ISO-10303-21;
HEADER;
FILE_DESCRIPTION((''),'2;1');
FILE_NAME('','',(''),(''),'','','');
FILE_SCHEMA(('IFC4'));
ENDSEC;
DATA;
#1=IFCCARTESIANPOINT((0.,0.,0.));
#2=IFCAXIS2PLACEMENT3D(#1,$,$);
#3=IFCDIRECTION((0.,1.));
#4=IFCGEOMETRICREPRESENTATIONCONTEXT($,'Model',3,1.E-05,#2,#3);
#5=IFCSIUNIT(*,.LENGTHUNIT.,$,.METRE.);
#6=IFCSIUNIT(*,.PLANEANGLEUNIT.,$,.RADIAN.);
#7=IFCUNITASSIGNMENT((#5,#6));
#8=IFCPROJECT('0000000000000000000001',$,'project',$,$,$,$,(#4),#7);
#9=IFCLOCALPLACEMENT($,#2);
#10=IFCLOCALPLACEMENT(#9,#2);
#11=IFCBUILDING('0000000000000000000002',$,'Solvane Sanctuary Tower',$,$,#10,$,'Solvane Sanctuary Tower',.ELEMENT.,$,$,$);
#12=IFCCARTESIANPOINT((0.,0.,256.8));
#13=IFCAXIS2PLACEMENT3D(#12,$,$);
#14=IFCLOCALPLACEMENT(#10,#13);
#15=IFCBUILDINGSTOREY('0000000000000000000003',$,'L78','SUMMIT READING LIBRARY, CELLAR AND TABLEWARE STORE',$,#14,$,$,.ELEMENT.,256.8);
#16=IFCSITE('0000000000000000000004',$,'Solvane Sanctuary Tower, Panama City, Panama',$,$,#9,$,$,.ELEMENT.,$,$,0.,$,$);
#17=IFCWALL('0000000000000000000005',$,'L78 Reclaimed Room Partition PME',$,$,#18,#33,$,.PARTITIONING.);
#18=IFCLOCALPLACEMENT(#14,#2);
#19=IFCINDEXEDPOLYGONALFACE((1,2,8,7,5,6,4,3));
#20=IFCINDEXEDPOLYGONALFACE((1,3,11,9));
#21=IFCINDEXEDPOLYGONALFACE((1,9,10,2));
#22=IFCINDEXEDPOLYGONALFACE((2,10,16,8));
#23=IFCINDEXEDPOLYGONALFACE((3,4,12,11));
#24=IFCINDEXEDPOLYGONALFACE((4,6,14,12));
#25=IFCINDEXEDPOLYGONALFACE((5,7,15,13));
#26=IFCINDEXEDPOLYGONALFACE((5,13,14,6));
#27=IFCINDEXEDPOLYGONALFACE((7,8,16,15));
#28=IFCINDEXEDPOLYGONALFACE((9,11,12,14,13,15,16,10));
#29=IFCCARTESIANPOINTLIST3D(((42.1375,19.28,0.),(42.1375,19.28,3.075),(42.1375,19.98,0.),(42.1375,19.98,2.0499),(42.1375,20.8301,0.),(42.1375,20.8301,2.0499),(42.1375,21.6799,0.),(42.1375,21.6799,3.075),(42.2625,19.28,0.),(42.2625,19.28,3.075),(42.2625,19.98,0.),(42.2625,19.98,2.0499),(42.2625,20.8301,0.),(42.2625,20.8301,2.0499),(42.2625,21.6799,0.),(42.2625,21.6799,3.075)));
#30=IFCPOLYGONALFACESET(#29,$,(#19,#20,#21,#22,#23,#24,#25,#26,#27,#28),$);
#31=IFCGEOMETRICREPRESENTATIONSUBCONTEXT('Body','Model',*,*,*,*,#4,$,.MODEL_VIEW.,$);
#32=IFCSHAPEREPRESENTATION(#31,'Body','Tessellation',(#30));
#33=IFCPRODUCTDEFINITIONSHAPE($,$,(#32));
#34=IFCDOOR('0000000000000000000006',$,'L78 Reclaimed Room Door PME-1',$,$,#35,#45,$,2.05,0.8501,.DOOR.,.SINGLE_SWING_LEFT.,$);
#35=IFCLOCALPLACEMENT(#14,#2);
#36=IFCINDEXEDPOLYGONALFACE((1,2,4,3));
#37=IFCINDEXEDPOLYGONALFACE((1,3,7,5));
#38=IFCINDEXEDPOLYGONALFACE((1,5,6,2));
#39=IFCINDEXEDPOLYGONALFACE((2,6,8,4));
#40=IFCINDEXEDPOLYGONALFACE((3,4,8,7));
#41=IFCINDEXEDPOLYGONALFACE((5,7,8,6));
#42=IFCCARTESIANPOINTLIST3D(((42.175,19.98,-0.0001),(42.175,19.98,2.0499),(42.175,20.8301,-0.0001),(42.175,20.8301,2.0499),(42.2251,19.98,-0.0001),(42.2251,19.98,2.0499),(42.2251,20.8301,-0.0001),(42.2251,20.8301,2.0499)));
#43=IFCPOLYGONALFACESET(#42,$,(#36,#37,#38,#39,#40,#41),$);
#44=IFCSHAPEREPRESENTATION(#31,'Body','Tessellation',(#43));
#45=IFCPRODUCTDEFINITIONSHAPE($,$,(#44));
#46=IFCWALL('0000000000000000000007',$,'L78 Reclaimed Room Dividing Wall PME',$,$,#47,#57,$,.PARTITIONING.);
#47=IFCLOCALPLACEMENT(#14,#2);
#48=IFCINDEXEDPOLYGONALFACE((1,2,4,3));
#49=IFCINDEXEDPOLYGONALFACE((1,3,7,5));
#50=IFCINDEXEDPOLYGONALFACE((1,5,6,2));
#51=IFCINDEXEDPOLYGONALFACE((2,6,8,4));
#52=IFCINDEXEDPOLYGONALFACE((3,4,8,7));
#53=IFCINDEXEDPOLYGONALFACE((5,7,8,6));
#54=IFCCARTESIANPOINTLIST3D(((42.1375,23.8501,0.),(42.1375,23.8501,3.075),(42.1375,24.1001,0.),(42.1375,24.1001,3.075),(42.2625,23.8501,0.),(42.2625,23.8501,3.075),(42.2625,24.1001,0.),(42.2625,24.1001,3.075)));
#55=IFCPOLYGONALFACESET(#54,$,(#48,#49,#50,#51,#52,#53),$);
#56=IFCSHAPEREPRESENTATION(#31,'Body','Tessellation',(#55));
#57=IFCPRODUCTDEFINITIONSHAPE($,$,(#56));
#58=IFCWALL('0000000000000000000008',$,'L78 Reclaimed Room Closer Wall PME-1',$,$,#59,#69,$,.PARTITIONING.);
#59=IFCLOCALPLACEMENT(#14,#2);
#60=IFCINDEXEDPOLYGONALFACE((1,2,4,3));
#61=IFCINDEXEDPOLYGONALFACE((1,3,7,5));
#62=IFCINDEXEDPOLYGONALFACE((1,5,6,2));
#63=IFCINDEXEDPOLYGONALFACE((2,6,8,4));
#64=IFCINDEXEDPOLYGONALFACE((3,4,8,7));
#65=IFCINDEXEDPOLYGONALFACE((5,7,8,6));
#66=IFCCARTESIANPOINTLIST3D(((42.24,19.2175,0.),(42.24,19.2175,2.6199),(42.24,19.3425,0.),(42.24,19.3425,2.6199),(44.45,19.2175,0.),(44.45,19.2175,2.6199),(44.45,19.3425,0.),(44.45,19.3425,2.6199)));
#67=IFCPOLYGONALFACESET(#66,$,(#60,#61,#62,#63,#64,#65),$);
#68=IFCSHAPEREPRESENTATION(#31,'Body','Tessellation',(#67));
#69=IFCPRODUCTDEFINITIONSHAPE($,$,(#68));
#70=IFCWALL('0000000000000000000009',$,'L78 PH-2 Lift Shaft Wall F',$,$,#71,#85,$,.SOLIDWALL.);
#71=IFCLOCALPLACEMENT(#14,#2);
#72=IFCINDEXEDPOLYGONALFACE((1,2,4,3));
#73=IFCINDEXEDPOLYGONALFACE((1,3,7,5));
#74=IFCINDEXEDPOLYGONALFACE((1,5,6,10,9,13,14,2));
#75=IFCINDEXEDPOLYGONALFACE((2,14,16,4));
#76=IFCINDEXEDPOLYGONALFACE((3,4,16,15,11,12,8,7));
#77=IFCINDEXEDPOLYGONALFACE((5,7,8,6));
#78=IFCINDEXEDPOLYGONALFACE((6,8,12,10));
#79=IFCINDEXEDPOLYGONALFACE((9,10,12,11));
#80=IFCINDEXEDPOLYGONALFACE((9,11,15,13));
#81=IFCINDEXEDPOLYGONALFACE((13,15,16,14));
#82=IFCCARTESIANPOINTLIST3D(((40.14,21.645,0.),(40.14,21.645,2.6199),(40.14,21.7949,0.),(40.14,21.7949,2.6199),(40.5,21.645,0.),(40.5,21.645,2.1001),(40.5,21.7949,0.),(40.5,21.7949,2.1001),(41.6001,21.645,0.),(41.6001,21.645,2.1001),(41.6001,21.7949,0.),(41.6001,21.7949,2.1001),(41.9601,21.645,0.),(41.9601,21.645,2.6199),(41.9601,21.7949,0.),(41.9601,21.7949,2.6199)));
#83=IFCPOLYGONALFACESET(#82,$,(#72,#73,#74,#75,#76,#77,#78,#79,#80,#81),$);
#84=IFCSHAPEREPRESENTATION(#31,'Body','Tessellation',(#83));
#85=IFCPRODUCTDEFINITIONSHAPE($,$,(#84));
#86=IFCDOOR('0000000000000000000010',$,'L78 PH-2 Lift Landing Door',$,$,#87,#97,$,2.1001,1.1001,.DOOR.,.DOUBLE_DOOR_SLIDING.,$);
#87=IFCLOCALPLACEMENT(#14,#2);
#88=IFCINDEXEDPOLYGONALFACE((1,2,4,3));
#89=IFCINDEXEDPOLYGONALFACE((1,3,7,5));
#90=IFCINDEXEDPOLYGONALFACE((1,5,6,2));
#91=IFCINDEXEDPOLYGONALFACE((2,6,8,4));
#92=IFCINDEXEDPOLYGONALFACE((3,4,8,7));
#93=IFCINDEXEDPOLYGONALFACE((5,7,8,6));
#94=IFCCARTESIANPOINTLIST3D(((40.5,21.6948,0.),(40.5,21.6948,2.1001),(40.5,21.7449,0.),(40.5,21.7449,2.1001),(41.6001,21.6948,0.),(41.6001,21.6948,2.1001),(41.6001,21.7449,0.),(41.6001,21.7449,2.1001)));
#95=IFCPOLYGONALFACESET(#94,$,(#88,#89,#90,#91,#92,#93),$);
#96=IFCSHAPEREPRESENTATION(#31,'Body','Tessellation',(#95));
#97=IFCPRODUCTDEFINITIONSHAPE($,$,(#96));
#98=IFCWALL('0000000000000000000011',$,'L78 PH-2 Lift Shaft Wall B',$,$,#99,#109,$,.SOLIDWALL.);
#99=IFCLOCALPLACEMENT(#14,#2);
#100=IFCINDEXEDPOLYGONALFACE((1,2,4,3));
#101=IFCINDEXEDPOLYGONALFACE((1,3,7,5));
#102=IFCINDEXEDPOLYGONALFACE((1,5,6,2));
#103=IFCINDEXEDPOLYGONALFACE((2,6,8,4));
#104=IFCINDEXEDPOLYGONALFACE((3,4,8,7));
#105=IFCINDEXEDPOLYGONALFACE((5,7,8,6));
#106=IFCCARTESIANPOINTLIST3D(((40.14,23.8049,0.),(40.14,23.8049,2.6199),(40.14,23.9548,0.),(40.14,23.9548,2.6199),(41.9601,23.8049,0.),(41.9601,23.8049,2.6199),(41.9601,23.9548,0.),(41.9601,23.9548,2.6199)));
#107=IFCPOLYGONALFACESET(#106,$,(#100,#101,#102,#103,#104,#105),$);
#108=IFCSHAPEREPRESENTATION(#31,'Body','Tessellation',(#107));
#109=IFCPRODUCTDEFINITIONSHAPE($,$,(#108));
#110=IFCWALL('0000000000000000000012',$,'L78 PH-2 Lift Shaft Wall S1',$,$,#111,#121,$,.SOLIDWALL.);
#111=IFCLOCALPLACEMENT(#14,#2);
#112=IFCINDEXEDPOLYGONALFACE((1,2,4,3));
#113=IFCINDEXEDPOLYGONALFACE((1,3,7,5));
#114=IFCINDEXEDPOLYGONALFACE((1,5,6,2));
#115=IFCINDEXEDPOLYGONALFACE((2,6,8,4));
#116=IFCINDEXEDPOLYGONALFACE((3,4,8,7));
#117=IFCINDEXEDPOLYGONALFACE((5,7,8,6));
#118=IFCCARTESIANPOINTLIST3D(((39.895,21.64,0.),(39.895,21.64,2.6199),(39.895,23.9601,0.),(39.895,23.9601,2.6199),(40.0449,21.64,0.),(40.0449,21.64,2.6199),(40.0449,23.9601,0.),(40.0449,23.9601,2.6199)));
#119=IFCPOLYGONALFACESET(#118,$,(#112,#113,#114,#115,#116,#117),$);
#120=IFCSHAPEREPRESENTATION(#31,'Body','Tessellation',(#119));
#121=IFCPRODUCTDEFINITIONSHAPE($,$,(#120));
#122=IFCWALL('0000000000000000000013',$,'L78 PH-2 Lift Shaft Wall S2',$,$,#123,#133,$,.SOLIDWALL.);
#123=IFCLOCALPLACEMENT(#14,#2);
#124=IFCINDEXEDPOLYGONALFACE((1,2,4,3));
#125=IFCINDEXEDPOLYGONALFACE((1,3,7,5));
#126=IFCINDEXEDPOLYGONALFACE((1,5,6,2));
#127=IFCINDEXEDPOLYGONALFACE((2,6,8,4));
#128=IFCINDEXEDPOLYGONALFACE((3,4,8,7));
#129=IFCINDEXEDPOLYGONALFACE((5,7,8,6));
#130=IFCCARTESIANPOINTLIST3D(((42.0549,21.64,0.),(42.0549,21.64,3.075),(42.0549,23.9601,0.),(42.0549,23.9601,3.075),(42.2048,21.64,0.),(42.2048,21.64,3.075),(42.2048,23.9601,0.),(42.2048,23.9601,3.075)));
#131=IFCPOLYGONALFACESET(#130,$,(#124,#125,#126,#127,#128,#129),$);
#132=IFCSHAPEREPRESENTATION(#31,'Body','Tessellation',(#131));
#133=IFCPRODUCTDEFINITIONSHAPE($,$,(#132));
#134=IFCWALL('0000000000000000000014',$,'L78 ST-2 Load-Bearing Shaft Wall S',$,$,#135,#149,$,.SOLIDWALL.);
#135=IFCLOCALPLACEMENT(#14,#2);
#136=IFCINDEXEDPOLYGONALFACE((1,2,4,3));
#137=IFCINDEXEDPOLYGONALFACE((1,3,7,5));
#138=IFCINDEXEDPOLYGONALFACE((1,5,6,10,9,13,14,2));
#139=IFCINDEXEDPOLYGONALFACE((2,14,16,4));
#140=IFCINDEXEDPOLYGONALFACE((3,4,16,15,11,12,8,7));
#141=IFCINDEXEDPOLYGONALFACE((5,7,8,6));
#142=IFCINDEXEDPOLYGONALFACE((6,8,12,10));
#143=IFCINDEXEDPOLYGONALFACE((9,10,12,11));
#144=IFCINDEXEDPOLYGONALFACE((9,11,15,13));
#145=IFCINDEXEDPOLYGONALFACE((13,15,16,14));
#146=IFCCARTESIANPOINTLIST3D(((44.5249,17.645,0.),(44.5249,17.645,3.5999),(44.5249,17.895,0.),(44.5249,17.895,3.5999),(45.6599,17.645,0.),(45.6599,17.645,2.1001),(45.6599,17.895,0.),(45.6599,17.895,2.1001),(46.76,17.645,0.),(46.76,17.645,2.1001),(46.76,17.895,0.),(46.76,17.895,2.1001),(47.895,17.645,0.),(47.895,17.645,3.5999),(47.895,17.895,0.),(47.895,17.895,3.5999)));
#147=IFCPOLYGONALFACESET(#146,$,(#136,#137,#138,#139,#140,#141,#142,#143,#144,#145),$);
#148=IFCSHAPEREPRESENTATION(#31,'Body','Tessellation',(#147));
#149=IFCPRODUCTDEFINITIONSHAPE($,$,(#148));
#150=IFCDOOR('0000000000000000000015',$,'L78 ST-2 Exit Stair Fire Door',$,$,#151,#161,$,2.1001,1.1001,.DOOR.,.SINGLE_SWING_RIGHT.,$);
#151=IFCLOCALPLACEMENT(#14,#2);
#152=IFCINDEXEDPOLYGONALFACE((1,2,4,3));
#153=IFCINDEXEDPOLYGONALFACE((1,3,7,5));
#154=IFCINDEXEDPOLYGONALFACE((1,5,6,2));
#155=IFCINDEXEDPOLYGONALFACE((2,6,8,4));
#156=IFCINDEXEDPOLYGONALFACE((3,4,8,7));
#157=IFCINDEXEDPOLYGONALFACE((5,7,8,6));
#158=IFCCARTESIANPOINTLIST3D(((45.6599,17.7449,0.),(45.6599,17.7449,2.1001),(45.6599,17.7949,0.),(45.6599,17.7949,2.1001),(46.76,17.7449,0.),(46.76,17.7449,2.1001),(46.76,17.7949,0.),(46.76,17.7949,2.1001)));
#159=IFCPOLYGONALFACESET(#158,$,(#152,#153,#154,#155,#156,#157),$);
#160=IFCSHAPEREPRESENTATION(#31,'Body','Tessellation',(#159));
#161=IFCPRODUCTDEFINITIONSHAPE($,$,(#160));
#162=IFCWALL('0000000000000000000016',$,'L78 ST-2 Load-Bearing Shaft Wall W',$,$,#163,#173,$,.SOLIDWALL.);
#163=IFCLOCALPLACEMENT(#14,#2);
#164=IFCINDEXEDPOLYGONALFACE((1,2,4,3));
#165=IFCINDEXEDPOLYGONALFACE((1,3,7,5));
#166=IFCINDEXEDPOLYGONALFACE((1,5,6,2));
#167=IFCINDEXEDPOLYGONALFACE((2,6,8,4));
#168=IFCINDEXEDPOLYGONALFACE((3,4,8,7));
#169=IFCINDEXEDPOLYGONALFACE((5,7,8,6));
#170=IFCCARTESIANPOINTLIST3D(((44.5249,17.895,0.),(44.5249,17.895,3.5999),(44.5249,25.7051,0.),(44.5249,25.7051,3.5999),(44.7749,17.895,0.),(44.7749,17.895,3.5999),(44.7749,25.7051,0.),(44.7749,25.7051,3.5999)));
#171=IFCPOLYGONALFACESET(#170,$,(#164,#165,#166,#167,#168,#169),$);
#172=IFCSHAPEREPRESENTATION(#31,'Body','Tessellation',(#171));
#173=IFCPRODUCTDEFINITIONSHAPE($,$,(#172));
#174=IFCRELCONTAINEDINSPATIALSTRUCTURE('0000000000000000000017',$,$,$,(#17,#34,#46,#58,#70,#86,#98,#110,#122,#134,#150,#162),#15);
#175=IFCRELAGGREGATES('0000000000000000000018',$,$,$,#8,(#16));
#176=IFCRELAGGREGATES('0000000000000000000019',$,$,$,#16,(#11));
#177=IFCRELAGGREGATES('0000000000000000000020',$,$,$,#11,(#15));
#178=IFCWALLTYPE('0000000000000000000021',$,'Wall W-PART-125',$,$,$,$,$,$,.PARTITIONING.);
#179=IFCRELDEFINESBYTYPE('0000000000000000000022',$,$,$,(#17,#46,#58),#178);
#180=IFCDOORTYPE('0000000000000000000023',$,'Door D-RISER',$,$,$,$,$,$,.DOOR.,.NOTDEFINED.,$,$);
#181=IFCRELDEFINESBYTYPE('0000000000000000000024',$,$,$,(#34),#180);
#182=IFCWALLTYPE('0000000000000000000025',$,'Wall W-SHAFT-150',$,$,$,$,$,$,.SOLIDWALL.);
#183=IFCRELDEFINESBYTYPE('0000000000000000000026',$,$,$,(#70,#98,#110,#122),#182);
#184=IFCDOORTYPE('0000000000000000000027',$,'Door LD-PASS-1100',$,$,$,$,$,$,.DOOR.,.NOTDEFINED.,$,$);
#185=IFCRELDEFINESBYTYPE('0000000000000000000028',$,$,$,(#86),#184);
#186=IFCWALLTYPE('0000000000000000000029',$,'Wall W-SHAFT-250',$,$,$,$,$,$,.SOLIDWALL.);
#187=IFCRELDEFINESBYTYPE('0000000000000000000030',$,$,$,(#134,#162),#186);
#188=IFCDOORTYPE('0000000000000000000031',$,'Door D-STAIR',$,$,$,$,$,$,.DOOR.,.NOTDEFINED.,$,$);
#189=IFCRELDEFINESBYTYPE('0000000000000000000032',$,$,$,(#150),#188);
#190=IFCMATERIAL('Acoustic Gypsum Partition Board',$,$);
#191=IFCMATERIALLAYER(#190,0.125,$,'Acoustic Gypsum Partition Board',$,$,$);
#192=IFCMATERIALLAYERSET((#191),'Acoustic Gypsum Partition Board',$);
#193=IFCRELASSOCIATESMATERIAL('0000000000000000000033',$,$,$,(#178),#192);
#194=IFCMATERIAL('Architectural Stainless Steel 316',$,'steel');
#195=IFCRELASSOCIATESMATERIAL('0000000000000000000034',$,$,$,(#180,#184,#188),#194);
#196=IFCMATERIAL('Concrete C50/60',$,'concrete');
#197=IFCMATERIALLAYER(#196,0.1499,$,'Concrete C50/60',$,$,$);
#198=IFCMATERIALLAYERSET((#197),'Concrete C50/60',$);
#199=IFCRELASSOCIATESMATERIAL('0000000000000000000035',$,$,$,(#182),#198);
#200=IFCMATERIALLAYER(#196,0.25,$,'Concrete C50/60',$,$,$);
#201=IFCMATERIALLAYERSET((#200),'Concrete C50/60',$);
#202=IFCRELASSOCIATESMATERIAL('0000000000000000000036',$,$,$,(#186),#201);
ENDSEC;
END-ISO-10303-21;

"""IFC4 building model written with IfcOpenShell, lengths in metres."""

from ifc_helpers import new_model, si_unit, direction, frame, frame_2d, origin, place, context, subcontext, project, spatial, rectangle, extrude, material, layer, layer_set, type_object, element, fill, save


model = new_model("IFC4")

# Units and contexts
model_context = context("Model", 3, precision=1e-05, world=origin(), true_north=direction((0.0, 1.0)))
body_context = subcontext(model_context, "Body", "Model", "MODEL_VIEW")
ifc_project = project(units=[si_unit("LENGTHUNIT", "METRE"), si_unit("PLANEANGLEUNIT", "RADIAN")], contexts=[model_context])

# Site, building, storey
site_placement = place(None, origin())
site = spatial("IfcSite", under=ifc_project, at=site_placement, Name="Solvane Sanctuary Tower, Panama City, Panama", CompositionType="ELEMENT", RefElevation=0.0)
building_placement = place(site_placement, origin())
building = spatial("IfcBuilding", under=site, at=building_placement, Name="Solvane Sanctuary Tower", LongName="Solvane Sanctuary Tower", CompositionType="ELEMENT")
storey_placement = place(building_placement, frame((0.0, 0.0, 256.8)))
storey = spatial("IfcBuildingStorey", under=building, at=storey_placement, Name="L78", Description="SUMMIT READING LIBRARY, CELLAR AND TABLEWARE STORE", CompositionType="ELEMENT", Elevation=256.8)

# Shared definitions
ifc_material_1 = material(Name="Acoustic Gypsum Partition Board")

# Wall, opening, door
ifc_layer_1 = layer(ifc_material_1, 0.125, Name="Acoustic Gypsum Partition Board")
ifc_layer_set_1 = layer_set([ifc_layer_1], Name="Acoustic Gypsum Partition Board")
wall_type_1 = type_object("IfcWallType", Name="Wall W-PART-125", PredefinedType="PARTITIONING", material=ifc_layer_set_1)
ifc_material_2 = material(Name="Architectural Stainless Steel 316", Category="steel")
door_type_1 = type_object("IfcDoorType", Name="Door D-RISER", OperationType="NOTDEFINED", PredefinedType="DOOR", material=ifc_material_2)
wall_1_placement = place(storey_placement, frame((42.2, 19.28, 0.0), z_axis=(0.0, 0.0, 1.0), x_axis=(0.0, 1.0, 0.0)))
wall_1 = element("IfcWall", 1, at=wall_1_placement, inside=storey, type_object=wall_type_1, Name="L78 Reclaimed Room Partition PME", PredefinedType="PARTITIONING", context=body_context, shape_type="SweptSolid", body=[
    extrude(rectangle(XDim=2.3999, YDim=0.125, at=frame_2d((1.2, 0.0))), origin(), (0.0, 0.0, 1.0), 3.075),
])
opening_1_placement = place(wall_1_placement, frame((0.7, 0.0, 0.0)))
opening_1 = element("IfcOpeningElement", 2, at=opening_1_placement, cuts=wall_1, PredefinedType="OPENING", context=body_context, shape_type="SweptSolid", body=[
    extrude(rectangle(XDim=0.8501, YDim=2.05, at=frame_2d((0.425, 1.0249))), frame((0.0, 0.0725, 0.0), z_axis=(0.0, -1.0, 0.0), x_axis=(1.0, 0.0, 0.0)), (0.0, 0.0, 1.0), 0.145),
])
door_1_placement = place(opening_1_placement, origin())
door_1 = element("IfcDoor", 3, at=door_1_placement, inside=storey, type_object=door_type_1, Name="L78 Reclaimed Room Door PME-1", OperationType="SINGLE_SWING_LEFT", OverallHeight=2.05, OverallWidth=0.8501, PredefinedType="DOOR", context=body_context, shape_type="SweptSolid", body=[
    extrude(rectangle(XDim=0.8501, YDim=2.05, at=frame_2d((0.425, 1.0249))), frame((0.0, 0.0249, 0.0), z_axis=(0.0, -1.0, 0.0), x_axis=(1.0, 0.0, 0.0)), (0.0, 0.0, 1.0), 0.05),
])
fill(opening_1, door_1)

# Walls
wall_2_placement = place(storey_placement, frame((42.2, 23.8501, 0.0), z_axis=(0.0, 0.0, 1.0), x_axis=(0.0, 1.0, 0.0)))
element("IfcWall", 4, at=wall_2_placement, inside=storey, type_object=wall_type_1, Name="L78 Reclaimed Room Dividing Wall PME", PredefinedType="PARTITIONING", context=body_context, shape_type="SweptSolid", body=[
    extrude(rectangle(XDim=0.25, YDim=0.125, at=frame_2d((0.125, 0.0))), origin(), (0.0, 0.0, 1.0), 3.075),
])
wall_3_placement = place(storey_placement, frame((42.24, 19.28, 0.0), z_axis=(0.0, 0.0, 1.0), x_axis=(1.0, 0.0, 0.0)))
element("IfcWall", 5, at=wall_3_placement, inside=storey, type_object=wall_type_1, Name="L78 Reclaimed Room Closer Wall PME-1", PredefinedType="PARTITIONING", context=body_context, shape_type="SweptSolid", body=[
    extrude(rectangle(XDim=2.21, YDim=0.125, at=frame_2d((1.105, 0.0))), origin(), (0.0, 0.0, 1.0), 2.6199),
])

# Wall, opening, door
ifc_material_3 = material(Name="Concrete C50/60", Category="concrete")
ifc_layer_2 = layer(ifc_material_3, 0.1499, Name="Concrete C50/60")
ifc_layer_set_2 = layer_set([ifc_layer_2], Name="Concrete C50/60")
wall_type_2 = type_object("IfcWallType", Name="Wall W-SHAFT-150", PredefinedType="SOLIDWALL", material=ifc_layer_set_2)
wall_4_placement = place(storey_placement, frame((40.1399, 21.72, 0.0), z_axis=(0.0, 0.0, 1.0), x_axis=(1.0, 0.0, 0.0)))
wall_4 = element("IfcWall", 6, at=wall_4_placement, inside=storey, type_object=wall_type_2, Name="L78 PH-2 Lift Shaft Wall F", PredefinedType="SOLIDWALL", context=body_context, shape_type="SweptSolid", body=[
    extrude(rectangle(XDim=1.8201, YDim=0.1499, at=frame_2d((0.9102, 0.0))), origin(), (0.0, 0.0, 1.0), 2.6199),
])
opening_2_placement = place(wall_4_placement, frame((0.3601, 0.0, 0.0)))
opening_2 = element("IfcOpeningElement", 7, at=opening_2_placement, cuts=wall_4, PredefinedType="OPENING", context=body_context, shape_type="SweptSolid", body=[
    extrude(rectangle(XDim=1.1001, YDim=2.1001, at=frame_2d((0.55, 1.05))), frame((0.0, 0.085, 0.0), z_axis=(0.0, -1.0, 0.0), x_axis=(1.0, 0.0, 0.0)), (0.0, 0.0, 1.0), 0.1699),
])
door_type_2 = type_object("IfcDoorType", Name="Door LD-PASS-1100", OperationType="NOTDEFINED", PredefinedType="DOOR", material=ifc_material_2)
door_2_placement = place(opening_2_placement, origin())
door_2 = element("IfcDoor", 8, at=door_2_placement, inside=storey, type_object=door_type_2, Name="L78 PH-2 Lift Landing Door", OperationType="DOUBLE_DOOR_SLIDING", OverallHeight=2.1001, OverallWidth=1.1001, PredefinedType="DOOR", context=body_context, shape_type="SweptSolid", body=[
    extrude(rectangle(XDim=1.1001, YDim=2.1001, at=frame_2d((0.55, 1.05))), frame((0.0, 0.0249, 0.0), z_axis=(0.0, -1.0, 0.0), x_axis=(1.0, 0.0, 0.0)), (0.0, 0.0, 1.0), 0.05),
])
fill(opening_2, door_2)

# Walls
wall_5_placement = place(storey_placement, frame((40.1399, 23.8799, 0.0), z_axis=(0.0, 0.0, 1.0), x_axis=(1.0, 0.0, 0.0)))
element("IfcWall", 9, at=wall_5_placement, inside=storey, type_object=wall_type_2, Name="L78 PH-2 Lift Shaft Wall B", PredefinedType="SOLIDWALL", context=body_context, shape_type="SweptSolid", body=[
    extrude(rectangle(XDim=1.8201, YDim=0.1499, at=frame_2d((0.9102, 0.0))), origin(), (0.0, 0.0, 1.0), 2.6199),
])
wall_6_placement = place(storey_placement, frame((39.97, 21.6399, 0.0), z_axis=(0.0, 0.0, 1.0), x_axis=(0.0, 1.0, 0.0)))
element("IfcWall", 10, at=wall_6_placement, inside=storey, type_object=wall_type_2, Name="L78 PH-2 Lift Shaft Wall S1", PredefinedType="SOLIDWALL", context=body_context, shape_type="SweptSolid", body=[
    extrude(rectangle(XDim=2.3201, YDim=0.1499, at=frame_2d((1.1602, 0.0))), origin(), (0.0, 0.0, 1.0), 2.6199),
])
wall_7_placement = place(storey_placement, frame((42.1299, 21.6399, 0.0), z_axis=(0.0, 0.0, 1.0), x_axis=(0.0, 1.0, 0.0)))
element("IfcWall", 11, at=wall_7_placement, inside=storey, type_object=wall_type_2, Name="L78 PH-2 Lift Shaft Wall S2", PredefinedType="SOLIDWALL", context=body_context, shape_type="SweptSolid", body=[
    extrude(rectangle(XDim=2.3201, YDim=0.1499, at=frame_2d((1.1602, 0.0))), origin(), (0.0, 0.0, 1.0), 3.075),
])

# Wall, opening, door
ifc_layer_3 = layer(ifc_material_3, 0.25, Name="Concrete C50/60")
ifc_layer_set_3 = layer_set([ifc_layer_3], Name="Concrete C50/60")
wall_type_3 = type_object("IfcWallType", Name="Wall W-SHAFT-250", PredefinedType="SOLIDWALL", material=ifc_layer_set_3)
wall_8_placement = place(storey_placement, frame((44.5249, 17.77, 0.0), z_axis=(0.0, 0.0, 1.0), x_axis=(1.0, 0.0, 0.0)))
wall_8 = element("IfcWall", 12, at=wall_8_placement, inside=storey, type_object=wall_type_3, Name="L78 ST-2 Load-Bearing Shaft Wall S", PredefinedType="SOLIDWALL", context=body_context, shape_type="SweptSolid", body=[
    extrude(rectangle(XDim=3.3701, YDim=0.25, at=frame_2d((1.6851, 0.0))), origin(), (0.0, 0.0, 1.0), 3.5999),
])
opening_3_placement = place(wall_8_placement, frame((1.135, 0.0, 0.0)))
opening_3 = element("IfcOpeningElement", 13, at=opening_3_placement, cuts=wall_8, PredefinedType="OPENING", context=body_context, shape_type="SweptSolid", body=[
    extrude(rectangle(XDim=1.1001, YDim=2.1001, at=frame_2d((0.55, 1.05))), frame((0.0, 0.135, 0.0), z_axis=(0.0, -1.0, 0.0), x_axis=(1.0, 0.0, 0.0)), (0.0, 0.0, 1.0), 0.27),
])
door_type_3 = type_object("IfcDoorType", Name="Door D-STAIR", OperationType="NOTDEFINED", PredefinedType="DOOR", material=ifc_material_2)
door_3_placement = place(opening_3_placement, origin())
door_3 = element("IfcDoor", 14, at=door_3_placement, inside=storey, type_object=door_type_3, Name="L78 ST-2 Exit Stair Fire Door", OperationType="SINGLE_SWING_RIGHT", OverallHeight=2.1001, OverallWidth=1.1001, PredefinedType="DOOR", context=body_context, shape_type="SweptSolid", body=[
    extrude(rectangle(XDim=1.1001, YDim=2.1001, at=frame_2d((0.55, 1.05))), frame((0.0, 0.0249, 0.0), z_axis=(0.0, -1.0, 0.0), x_axis=(1.0, 0.0, 0.0)), (0.0, 0.0, 1.0), 0.05),
])
fill(opening_3, door_3)

# Wall
for number, where, z_axis, x_axis, name in (
    (15, (44.6499, 17.895, 0.0), (0.0, 0.0, 1.0), (0.0, 1.0, 0.0), "L78 ST-2 Load-Bearing Shaft Wall W"),
):
    element("IfcWall", number, at=place(storey_placement, frame(where, z_axis=z_axis, x_axis=x_axis)), inside=storey, type_object=wall_type_3, Name=name, PredefinedType="SOLIDWALL", context=body_context, shape_type="SweptSolid", body=[
        extrude(rectangle(XDim=7.8101, YDim=0.25, at=frame_2d((3.905, 0.0))), origin(), (0.0, 0.0, 1.0), 3.5999),
    ])

save(model, "model.ifc")
